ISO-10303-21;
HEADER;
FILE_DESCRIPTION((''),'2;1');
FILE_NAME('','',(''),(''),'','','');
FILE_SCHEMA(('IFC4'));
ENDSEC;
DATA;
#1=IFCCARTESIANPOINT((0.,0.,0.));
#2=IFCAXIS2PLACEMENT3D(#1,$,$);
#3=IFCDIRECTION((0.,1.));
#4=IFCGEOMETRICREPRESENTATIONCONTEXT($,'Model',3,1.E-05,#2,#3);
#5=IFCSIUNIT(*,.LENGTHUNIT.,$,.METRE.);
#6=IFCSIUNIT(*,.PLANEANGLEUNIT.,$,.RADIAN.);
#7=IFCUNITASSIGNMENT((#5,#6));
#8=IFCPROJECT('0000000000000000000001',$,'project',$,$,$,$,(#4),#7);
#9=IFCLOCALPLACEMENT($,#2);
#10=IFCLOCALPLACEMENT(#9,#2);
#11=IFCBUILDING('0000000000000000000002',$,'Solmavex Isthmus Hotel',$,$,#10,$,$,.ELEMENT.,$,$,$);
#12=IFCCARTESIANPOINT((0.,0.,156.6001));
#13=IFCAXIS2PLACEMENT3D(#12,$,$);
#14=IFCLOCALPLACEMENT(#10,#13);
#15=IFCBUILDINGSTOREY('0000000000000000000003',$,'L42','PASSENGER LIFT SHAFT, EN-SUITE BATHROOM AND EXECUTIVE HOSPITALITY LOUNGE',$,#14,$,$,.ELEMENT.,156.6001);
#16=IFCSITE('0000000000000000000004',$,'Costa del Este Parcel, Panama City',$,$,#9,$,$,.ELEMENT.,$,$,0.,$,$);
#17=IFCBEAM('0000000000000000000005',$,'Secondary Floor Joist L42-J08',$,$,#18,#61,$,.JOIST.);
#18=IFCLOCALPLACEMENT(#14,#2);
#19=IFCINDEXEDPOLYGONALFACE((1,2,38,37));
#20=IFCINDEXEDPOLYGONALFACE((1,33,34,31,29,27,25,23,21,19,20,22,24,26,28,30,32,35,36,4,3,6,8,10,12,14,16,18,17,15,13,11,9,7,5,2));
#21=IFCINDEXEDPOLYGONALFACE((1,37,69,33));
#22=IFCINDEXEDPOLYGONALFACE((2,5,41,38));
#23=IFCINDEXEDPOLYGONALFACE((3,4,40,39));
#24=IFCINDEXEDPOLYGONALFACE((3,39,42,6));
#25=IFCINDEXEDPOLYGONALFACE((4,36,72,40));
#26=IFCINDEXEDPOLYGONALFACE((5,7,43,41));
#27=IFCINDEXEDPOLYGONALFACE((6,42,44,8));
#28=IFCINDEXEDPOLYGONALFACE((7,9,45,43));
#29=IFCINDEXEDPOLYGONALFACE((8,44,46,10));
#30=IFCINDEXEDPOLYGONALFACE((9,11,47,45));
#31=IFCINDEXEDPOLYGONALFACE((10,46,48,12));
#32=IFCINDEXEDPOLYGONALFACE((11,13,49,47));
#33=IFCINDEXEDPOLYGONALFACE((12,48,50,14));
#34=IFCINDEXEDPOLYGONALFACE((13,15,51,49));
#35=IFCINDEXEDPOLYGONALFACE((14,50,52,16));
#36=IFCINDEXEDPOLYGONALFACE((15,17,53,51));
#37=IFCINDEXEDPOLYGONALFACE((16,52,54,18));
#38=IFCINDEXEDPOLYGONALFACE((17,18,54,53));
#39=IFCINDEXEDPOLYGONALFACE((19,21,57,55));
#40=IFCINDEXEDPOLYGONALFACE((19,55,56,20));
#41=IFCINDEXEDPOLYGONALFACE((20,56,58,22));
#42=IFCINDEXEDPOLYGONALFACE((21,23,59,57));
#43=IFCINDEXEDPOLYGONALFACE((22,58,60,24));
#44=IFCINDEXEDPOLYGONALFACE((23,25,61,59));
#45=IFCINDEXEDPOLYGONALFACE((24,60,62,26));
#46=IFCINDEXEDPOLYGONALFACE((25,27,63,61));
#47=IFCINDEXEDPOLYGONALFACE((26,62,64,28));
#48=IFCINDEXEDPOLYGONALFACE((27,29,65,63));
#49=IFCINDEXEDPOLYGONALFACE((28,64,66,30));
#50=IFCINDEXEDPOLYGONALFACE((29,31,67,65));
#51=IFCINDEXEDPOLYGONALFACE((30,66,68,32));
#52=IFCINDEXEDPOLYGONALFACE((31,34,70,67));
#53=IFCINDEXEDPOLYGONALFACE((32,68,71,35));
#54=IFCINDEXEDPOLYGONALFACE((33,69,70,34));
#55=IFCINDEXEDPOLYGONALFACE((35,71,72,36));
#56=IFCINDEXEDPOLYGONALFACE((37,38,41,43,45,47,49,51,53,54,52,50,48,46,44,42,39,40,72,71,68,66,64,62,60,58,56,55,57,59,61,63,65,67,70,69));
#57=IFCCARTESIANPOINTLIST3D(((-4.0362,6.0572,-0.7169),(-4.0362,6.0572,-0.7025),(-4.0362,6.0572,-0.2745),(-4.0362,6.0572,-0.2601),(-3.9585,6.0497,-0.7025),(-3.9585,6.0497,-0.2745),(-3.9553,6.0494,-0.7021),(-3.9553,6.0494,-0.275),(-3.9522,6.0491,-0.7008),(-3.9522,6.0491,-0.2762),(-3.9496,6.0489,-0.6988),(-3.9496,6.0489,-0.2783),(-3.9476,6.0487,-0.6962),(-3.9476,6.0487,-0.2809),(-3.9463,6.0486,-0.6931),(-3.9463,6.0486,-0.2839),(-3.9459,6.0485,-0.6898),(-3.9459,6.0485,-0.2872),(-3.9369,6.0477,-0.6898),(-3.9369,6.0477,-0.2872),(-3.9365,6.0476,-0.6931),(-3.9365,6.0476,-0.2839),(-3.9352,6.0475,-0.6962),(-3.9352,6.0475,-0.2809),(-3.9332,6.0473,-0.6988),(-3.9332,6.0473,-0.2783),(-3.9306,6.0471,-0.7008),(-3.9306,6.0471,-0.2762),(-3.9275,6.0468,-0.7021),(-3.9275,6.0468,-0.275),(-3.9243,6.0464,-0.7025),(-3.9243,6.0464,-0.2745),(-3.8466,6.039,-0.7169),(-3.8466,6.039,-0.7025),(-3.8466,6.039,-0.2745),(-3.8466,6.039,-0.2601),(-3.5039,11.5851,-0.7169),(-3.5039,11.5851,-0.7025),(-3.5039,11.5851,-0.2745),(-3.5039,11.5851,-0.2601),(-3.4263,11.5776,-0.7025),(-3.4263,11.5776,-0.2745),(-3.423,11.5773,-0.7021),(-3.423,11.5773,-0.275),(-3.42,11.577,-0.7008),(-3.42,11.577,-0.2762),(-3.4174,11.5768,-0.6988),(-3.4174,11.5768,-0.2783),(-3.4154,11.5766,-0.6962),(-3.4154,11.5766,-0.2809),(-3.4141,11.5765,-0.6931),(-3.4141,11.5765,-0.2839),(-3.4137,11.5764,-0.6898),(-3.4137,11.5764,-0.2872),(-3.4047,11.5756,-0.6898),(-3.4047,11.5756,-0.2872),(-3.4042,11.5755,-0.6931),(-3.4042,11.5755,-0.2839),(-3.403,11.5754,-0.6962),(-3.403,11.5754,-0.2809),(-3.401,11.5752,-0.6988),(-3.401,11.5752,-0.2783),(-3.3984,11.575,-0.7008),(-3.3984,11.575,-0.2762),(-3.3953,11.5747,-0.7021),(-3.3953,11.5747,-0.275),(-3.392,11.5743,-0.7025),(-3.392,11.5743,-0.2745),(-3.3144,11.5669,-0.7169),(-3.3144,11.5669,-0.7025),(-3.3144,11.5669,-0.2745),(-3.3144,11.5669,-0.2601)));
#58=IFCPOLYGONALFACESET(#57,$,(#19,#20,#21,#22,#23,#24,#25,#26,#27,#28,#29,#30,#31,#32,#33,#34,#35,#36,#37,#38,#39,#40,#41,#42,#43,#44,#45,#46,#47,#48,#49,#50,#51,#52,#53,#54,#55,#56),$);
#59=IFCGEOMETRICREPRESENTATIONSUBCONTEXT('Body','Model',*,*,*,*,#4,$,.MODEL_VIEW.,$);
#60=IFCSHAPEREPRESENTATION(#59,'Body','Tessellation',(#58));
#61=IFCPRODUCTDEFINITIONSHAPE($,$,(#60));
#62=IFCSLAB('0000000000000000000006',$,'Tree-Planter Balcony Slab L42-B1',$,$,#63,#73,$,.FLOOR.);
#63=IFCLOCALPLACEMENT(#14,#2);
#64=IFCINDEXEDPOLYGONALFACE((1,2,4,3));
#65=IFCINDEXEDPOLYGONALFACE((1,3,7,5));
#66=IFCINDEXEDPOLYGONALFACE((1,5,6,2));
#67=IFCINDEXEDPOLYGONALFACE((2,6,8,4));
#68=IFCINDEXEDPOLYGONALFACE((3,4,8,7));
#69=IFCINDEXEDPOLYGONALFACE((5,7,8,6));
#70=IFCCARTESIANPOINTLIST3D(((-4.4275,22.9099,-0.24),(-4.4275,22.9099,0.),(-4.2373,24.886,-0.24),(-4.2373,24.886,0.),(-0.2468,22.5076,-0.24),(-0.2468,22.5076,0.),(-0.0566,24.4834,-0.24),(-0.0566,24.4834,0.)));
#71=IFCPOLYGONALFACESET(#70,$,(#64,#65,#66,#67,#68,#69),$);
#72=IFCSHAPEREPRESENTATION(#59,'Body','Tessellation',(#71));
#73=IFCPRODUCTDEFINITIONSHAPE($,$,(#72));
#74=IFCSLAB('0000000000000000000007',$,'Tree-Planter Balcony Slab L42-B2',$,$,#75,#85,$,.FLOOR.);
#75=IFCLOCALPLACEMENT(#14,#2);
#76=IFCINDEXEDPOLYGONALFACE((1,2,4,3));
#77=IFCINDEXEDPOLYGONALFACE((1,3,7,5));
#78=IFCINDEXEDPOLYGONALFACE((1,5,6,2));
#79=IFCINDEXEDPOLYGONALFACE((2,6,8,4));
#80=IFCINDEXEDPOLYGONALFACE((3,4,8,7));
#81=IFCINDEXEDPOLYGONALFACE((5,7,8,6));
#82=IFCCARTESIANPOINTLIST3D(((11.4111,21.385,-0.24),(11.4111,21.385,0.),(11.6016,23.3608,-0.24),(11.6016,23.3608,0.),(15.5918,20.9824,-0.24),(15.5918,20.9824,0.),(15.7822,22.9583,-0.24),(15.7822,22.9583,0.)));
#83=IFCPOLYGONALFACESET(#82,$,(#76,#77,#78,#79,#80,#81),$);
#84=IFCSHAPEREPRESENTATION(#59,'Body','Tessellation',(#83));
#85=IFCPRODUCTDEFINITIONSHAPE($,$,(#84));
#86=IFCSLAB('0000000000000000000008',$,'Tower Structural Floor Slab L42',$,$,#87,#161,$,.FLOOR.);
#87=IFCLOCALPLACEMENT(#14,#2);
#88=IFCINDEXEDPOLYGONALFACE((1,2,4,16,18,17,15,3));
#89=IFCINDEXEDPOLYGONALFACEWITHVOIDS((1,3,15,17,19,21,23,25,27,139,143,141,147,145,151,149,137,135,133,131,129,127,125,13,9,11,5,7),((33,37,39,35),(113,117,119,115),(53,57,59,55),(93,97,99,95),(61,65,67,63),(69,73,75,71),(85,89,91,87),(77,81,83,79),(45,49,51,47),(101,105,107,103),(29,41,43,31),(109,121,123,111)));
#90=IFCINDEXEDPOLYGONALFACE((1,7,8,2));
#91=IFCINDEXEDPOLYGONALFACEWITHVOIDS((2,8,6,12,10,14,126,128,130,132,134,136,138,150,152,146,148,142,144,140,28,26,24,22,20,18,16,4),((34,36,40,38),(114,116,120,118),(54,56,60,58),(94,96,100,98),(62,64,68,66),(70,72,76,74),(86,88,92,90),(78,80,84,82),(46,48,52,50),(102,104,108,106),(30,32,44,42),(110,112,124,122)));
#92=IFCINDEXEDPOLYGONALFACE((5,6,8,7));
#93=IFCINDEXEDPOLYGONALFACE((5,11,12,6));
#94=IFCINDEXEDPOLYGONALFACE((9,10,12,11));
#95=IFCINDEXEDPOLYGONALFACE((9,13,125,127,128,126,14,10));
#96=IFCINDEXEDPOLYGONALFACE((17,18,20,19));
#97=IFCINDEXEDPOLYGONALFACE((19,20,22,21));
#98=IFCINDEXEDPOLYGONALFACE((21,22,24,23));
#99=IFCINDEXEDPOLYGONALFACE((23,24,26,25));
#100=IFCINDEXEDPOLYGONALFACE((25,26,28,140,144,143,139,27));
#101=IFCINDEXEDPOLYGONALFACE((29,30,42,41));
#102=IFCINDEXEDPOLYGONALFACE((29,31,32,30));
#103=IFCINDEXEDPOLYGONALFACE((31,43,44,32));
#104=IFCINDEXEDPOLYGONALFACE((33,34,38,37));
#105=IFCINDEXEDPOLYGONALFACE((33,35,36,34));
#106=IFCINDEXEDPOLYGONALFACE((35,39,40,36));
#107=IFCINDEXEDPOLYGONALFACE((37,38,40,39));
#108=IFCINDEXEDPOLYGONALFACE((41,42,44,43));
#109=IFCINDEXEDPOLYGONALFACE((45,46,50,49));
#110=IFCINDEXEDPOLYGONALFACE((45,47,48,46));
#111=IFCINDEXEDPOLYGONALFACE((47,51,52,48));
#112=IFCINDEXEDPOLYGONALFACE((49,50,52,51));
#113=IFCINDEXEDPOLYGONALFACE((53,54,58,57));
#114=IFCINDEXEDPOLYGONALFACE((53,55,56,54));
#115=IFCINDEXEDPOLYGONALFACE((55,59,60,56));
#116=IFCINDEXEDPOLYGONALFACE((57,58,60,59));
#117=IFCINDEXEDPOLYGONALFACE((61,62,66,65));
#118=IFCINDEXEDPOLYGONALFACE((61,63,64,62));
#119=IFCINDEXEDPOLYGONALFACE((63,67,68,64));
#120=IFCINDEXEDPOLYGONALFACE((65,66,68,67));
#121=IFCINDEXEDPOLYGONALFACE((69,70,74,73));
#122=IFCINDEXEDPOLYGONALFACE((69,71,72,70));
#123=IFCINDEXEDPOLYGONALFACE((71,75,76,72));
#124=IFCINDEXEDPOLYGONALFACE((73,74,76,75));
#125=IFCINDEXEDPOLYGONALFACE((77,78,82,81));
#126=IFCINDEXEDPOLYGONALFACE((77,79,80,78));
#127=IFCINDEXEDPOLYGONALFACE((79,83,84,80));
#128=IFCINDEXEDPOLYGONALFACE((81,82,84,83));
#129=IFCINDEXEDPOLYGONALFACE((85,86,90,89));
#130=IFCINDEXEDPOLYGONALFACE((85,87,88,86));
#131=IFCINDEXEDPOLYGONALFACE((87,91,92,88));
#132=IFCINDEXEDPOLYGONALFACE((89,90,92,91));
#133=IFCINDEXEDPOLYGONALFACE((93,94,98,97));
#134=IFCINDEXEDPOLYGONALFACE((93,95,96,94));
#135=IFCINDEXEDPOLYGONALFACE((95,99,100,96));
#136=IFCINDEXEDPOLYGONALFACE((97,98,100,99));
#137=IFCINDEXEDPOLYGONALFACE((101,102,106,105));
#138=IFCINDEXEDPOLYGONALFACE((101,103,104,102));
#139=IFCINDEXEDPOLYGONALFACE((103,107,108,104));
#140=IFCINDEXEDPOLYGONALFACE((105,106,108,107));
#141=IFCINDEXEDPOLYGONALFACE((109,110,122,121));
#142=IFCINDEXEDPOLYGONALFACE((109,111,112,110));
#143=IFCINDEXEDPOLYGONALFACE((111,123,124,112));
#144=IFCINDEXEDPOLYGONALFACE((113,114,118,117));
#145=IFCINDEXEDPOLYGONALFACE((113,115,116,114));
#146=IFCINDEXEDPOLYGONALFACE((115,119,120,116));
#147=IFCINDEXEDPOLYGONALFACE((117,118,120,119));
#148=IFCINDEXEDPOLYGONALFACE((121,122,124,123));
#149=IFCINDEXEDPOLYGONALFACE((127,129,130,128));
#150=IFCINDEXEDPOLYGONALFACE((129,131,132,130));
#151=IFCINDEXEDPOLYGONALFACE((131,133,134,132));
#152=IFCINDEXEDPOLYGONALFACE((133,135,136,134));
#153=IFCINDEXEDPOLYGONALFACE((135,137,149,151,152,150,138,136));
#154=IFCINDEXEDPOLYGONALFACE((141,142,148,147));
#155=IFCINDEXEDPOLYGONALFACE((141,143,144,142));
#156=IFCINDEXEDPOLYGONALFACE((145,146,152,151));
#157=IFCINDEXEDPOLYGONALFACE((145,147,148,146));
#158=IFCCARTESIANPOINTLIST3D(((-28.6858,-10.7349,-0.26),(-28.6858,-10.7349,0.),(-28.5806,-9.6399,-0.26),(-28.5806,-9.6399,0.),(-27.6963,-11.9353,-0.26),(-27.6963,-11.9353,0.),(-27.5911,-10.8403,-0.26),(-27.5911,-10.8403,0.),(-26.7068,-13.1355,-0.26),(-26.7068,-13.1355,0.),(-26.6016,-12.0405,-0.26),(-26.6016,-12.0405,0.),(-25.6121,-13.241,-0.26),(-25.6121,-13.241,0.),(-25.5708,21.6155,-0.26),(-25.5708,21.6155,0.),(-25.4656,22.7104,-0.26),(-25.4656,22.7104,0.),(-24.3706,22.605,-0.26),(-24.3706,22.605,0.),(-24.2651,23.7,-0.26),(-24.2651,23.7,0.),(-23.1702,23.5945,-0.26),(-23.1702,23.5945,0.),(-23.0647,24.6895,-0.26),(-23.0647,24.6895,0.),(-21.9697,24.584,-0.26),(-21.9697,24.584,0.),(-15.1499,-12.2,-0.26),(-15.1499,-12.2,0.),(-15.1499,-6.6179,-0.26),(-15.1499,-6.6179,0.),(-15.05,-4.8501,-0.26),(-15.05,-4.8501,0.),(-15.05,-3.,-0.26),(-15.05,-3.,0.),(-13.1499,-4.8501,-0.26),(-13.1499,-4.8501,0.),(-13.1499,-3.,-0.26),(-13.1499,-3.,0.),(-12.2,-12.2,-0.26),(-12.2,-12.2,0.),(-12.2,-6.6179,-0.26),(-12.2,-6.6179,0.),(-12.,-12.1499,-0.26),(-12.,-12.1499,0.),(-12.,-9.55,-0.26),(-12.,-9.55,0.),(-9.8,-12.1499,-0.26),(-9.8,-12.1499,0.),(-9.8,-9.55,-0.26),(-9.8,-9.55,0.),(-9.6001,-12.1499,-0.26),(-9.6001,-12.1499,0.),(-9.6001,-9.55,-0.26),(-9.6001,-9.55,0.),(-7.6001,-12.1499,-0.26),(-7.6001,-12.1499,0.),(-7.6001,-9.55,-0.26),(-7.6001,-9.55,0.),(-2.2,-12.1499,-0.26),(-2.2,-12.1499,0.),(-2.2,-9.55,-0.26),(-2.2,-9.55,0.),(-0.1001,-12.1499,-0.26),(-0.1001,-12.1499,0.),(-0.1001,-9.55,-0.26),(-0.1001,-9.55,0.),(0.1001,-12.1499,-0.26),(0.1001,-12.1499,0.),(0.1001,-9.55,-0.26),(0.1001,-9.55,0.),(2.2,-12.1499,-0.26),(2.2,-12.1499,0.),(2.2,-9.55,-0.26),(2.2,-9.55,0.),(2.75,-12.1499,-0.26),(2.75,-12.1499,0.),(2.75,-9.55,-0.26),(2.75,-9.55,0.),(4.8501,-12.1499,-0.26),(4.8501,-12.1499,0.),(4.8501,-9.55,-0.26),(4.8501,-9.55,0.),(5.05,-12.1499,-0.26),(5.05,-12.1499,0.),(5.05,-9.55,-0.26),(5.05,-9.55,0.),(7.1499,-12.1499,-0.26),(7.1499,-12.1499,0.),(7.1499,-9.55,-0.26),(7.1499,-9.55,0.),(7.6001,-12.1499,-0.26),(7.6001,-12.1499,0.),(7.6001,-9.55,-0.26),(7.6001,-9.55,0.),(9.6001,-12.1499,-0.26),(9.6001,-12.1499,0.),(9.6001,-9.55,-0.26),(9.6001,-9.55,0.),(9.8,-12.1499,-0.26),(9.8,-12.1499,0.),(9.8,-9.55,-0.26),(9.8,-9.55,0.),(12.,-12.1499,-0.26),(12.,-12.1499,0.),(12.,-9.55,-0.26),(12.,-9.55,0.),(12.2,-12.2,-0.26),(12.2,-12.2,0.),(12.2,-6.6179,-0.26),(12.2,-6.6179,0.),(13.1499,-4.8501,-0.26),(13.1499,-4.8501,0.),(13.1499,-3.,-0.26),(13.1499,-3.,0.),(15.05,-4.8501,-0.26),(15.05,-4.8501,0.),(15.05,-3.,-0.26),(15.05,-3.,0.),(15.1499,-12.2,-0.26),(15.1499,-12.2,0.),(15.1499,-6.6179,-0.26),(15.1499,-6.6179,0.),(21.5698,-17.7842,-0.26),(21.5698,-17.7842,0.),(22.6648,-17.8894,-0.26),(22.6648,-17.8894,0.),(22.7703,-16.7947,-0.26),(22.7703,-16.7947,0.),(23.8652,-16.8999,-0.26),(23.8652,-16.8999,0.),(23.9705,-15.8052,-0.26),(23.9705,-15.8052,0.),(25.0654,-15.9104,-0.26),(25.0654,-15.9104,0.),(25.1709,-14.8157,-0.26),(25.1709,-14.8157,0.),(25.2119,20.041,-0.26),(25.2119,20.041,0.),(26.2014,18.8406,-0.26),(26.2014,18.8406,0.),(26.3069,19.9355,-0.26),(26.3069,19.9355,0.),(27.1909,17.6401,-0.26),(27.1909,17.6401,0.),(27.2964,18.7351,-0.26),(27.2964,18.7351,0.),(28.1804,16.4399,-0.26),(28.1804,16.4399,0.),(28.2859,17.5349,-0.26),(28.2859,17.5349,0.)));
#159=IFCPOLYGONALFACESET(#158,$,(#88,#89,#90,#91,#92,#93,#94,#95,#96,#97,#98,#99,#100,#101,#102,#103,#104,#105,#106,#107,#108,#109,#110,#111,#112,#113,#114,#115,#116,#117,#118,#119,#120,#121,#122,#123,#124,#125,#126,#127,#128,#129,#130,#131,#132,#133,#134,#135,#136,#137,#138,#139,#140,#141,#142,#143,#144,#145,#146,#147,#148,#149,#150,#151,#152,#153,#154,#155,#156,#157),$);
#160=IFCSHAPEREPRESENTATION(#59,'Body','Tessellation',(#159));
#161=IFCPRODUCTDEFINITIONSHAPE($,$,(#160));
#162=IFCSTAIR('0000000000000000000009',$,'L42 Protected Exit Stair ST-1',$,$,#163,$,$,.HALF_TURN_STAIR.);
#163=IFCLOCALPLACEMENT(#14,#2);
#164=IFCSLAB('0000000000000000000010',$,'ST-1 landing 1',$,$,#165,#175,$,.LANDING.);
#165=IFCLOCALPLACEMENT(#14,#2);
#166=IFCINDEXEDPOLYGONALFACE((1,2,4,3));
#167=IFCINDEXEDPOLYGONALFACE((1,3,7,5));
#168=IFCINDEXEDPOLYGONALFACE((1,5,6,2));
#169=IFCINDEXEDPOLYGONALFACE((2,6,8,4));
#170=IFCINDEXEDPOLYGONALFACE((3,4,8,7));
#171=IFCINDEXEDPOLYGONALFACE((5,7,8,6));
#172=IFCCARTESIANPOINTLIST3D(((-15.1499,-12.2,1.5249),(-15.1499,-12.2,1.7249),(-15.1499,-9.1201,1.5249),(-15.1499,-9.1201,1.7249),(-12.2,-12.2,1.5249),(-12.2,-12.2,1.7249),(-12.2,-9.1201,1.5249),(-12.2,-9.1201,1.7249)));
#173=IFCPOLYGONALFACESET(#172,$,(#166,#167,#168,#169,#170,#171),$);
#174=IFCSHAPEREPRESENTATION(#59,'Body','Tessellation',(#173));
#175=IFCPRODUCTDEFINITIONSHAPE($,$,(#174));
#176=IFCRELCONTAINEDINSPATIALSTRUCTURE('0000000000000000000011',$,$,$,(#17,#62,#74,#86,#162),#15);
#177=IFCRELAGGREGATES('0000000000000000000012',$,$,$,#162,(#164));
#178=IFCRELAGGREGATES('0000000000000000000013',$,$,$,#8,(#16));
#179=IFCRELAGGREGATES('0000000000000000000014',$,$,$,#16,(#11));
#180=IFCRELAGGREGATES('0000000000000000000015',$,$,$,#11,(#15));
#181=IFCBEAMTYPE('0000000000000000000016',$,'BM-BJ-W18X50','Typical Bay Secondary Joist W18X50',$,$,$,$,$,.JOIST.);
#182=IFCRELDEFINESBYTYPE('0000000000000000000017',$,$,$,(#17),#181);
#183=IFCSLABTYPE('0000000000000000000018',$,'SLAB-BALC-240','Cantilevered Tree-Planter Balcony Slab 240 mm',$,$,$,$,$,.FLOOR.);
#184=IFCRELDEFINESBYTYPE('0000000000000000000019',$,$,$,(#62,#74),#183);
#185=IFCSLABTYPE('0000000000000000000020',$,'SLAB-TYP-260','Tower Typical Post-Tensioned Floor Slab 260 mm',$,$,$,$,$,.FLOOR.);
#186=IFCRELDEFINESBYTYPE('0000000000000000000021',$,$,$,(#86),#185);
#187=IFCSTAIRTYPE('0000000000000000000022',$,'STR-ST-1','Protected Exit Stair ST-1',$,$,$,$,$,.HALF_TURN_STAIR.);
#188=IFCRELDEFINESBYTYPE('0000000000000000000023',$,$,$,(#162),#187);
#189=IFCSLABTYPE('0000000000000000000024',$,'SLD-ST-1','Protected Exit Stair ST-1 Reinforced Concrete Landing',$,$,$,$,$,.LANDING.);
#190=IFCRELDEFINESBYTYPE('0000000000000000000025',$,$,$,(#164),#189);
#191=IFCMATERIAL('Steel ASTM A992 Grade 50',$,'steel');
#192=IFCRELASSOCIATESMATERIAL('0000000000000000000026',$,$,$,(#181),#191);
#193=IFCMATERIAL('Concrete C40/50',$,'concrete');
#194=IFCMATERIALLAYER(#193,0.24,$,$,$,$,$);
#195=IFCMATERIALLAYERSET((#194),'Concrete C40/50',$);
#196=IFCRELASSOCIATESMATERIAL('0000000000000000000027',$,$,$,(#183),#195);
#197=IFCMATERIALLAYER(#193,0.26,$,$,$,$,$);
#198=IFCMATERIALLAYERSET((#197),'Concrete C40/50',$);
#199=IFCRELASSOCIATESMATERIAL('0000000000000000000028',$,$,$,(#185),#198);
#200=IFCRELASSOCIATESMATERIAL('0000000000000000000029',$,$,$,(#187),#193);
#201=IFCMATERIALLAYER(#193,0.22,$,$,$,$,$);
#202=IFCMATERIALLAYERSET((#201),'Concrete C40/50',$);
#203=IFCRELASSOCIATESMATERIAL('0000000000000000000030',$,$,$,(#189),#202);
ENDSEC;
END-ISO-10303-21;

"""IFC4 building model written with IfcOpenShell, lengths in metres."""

from ifc_helpers import new_model, si_unit, direction, frame, origin, origin_2d, place, context, subcontext, project, spatial, polyline, i_section, outline, extrude, material, layer, layer_set, material_profile, profile_set, type_object, element, aggregate, save


model = new_model("IFC4")

# Units and contexts
model_context = context("Model", 3, precision=1e-05, world=origin(), true_north=direction((0.0, 1.0)))
body_context = subcontext(model_context, "Body", "Model", "MODEL_VIEW")
ifc_project = project(units=[si_unit("LENGTHUNIT", "METRE"), si_unit("PLANEANGLEUNIT", "RADIAN")], contexts=[model_context])

# Site, building, storey
site_placement = place(None, origin())
site = spatial("IfcSite", under=ifc_project, at=site_placement, Name="Costa del Este Parcel, Panama City", CompositionType="ELEMENT", RefElevation=0.0)
building_placement = place(site_placement, origin())
building = spatial("IfcBuilding", under=site, at=building_placement, Name="Solmavex Isthmus Hotel", CompositionType="ELEMENT")
storey_placement = place(building_placement, frame((0.0, 0.0, 156.6001)))
storey = spatial("IfcBuildingStorey", under=building, at=storey_placement, Name="L42", Description="PASSENGER LIFT SHAFT, EN-SUITE BATHROOM AND EXECUTIVE HOSPITALITY LOUNGE", CompositionType="ELEMENT", Elevation=156.6001)

# Beam
ifc_material_1 = material(Name="Steel ASTM A992 Grade 50", Category="steel")
ifc_material_profile_1 = material_profile(ifc_material_1, i_section(OverallWidth=0.1904, OverallDepth=0.4568, WebThickness=0.009, FlangeThickness=0.0144, FilletRadius=0.0127, at=origin_2d()), Name="W18X50")
ifc_profile_set_1 = profile_set([ifc_material_profile_1], Name="Steel ASTM A992 Grade 50")
beam_type_1 = type_object("IfcBeamType", Name="BM-BJ-W18X50", Description="Typical Bay Secondary Joist W18X50", PredefinedType="JOIST", material=ifc_profile_set_1)
beam_1_placement = place(storey_placement, frame((-3.9414, 6.0481, -0.4885), z_axis=(0.095838, 0.995397, 0.0), x_axis=(-0.995397, 0.095838, 0.0)))
element("IfcBeam", 1, at=beam_1_placement, inside=storey, type_object=beam_type_1, Name="Secondary Floor Joist L42-J08", PredefinedType="JOIST", context=body_context, shape_type="SweptSolid", body=[
    extrude(i_section(OverallWidth=0.1904, OverallDepth=0.4568, WebThickness=0.009, FlangeThickness=0.0144, FilletRadius=0.0127, at=origin_2d()), origin(), (0.0, 0.0, 1.0), 5.5535),
])

# Slabs
ifc_material_2 = material(Name="Concrete C40/50", Category="concrete")
ifc_layer_1 = layer(ifc_material_2, 0.24)
ifc_layer_set_1 = layer_set([ifc_layer_1], Name="Concrete C40/50")
slab_type_1 = type_object("IfcSlabType", Name="SLAB-BALC-240", Description="Cantilevered Tree-Planter Balcony Slab 240 mm", PredefinedType="FLOOR", material=ifc_layer_set_1)
slab_1_placement = place(storey_placement, frame((0.0, 0.0, -0.24)))
element("IfcSlab", 2, at=slab_1_placement, inside=storey, type_object=slab_type_1, Name="Tree-Planter Balcony Slab L42-B1", PredefinedType="FLOOR", context=body_context, shape_type="SweptSolid", body=[
    extrude(outline(polyline([(-4.4275, 22.9099), (-0.2468, 22.5076), (-0.0566, 24.4834), (-4.2373, 24.886), (-4.4275, 22.9099)])), origin(), (0.0, 0.0, 1.0), 0.24),
])
slab_2_placement = place(storey_placement, frame((0.0, 0.0, -0.24)))
element("IfcSlab", 3, at=slab_2_placement, inside=storey, type_object=slab_type_1, Name="Tree-Planter Balcony Slab L42-B2", PredefinedType="FLOOR", context=body_context, shape_type="SweptSolid", body=[
    extrude(outline(polyline([(11.4111, 21.385), (15.5918, 20.9824), (15.7822, 22.9583), (11.6016, 23.3608), (11.4111, 21.385)])), origin(), (0.0, 0.0, 1.0), 0.24),
])
ifc_layer_2 = layer(ifc_material_2, 0.26)
ifc_layer_set_2 = layer_set([ifc_layer_2], Name="Concrete C40/50")
slab_type_2 = type_object("IfcSlabType", Name="SLAB-TYP-260", Description="Tower Typical Post-Tensioned Floor Slab 260 mm", PredefinedType="FLOOR", material=ifc_layer_set_2)
slab_3_placement = place(storey_placement, frame((0.0, 0.0, -0.26)))
element("IfcSlab", 4, at=slab_3_placement, inside=storey, type_object=slab_type_2, Name="Tower Structural Floor Slab L42", PredefinedType="FLOOR", context=body_context, shape_type="SweptSolid", body=[
    extrude(outline(polyline([(-25.6121, -13.241), (21.5698, -17.7842), (22.6648, -17.8894), (22.7703, -16.7947), (23.8652, -16.8999), (23.9705, -15.8052), (25.0654, -15.9104), (25.1709, -14.8157), (28.1804, 16.4399), (28.2859, 17.5349), (27.1909, 17.6401), (27.2964, 18.7351), (26.2014, 18.8406), (26.3069, 19.9355), (25.2119, 20.041), (-21.9697, 24.584), (-23.0647, 24.6895), (-23.1702, 23.5945), (-24.2651, 23.7), (-24.3706, 22.605), (-25.4656, 22.7104), (-25.5708, 21.6155), (-28.5806, -9.6399), (-28.6858, -10.7349), (-27.5911, -10.8403), (-27.6963, -11.9353), (-26.6016, -12.0405), (-26.7068, -13.1355), (-25.6121, -13.241)]), holes=[polyline([(-15.1499, -6.6179), (-15.1499, -12.2), (-12.2, -12.2), (-12.2, -6.6179), (-15.1499, -6.6179)]), polyline([(12.2, -6.6179), (12.2, -12.2), (15.1499, -12.2), (15.1499, -6.6179), (12.2, -6.6179)]), polyline([(-12.0, -12.1499), (-9.8, -12.1499), (-9.8, -9.55), (-12.0, -9.55), (-12.0, -12.1499)]), polyline([(9.8, -12.1499), (12.0, -12.1499), (12.0, -9.55), (9.8, -9.55), (9.8, -12.1499)]), polyline([(-9.6001, -12.1499), (-7.6001, -12.1499), (-7.6001, -9.55), (-9.6001, -9.55), (-9.6001, -12.1499)]), polyline([(7.6001, -12.1499), (9.6001, -12.1499), (9.6001, -9.55), (7.6001, -9.55), (7.6001, -12.1499)]), polyline([(-2.2, -12.1499), (-0.1001, -12.1499), (-0.1001, -9.55), (-2.2, -9.55), (-2.2, -12.1499)]), polyline([(0.1001, -12.1499), (2.2, -12.1499), (2.2, -9.55), (0.1001, -9.55), (0.1001, -12.1499)]), polyline([(2.75, -12.1499), (4.8501, -12.1499), (4.8501, -9.55), (2.75, -9.55), (2.75, -12.1499)]), polyline([(5.05, -12.1499), (7.1499, -12.1499), (7.1499, -9.55), (5.05, -9.55), (5.05, -12.1499)]), polyline([(-15.05, -4.8501), (-13.1499, -4.8501), (-13.1499, -3.0), (-15.05, -3.0), (-15.05, -4.8501)]), polyline([(13.1499, -4.8501), (15.05, -4.8501), (15.05, -3.0), (13.1499, -3.0), (13.1499, -4.8501)])]), origin(), (0.0, 0.0, 1.0), 0.26),
])

# Stair, slab
stair_type_1 = type_object("IfcStairType", Name="STR-ST-1", Description="Protected Exit Stair ST-1", PredefinedType="HALF_TURN_STAIR", material=ifc_material_2)
stair_1_placement = place(storey_placement, origin())
stair_1 = element("IfcStair", 5, at=stair_1_placement, inside=storey, type_object=stair_type_1, Name="L42 Protected Exit Stair ST-1", PredefinedType="HALF_TURN_STAIR")
ifc_layer_3 = layer(ifc_material_2, 0.22)
ifc_layer_set_3 = layer_set([ifc_layer_3], Name="Concrete C40/50")
slab_type_3 = type_object("IfcSlabType", Name="SLD-ST-1", Description="Protected Exit Stair ST-1 Reinforced Concrete Landing", PredefinedType="LANDING", material=ifc_layer_set_3)
slab_4_placement = place(storey_placement, frame((0.0, 0.0, 1.5249)))
slab_4 = element("IfcSlab", 6, at=slab_4_placement, type_object=slab_type_3, Name="ST-1 landing 1", PredefinedType="LANDING", context=body_context, shape_type="SweptSolid", body=[
    extrude(outline(polyline([(-15.1499, -9.1201), (-15.1499, -12.2), (-12.2, -12.2), (-12.2, -9.1201), (-15.1499, -9.1201)])), origin(), (0.0, 0.0, 1.0), 0.2),
])
aggregate(stair_1, [slab_4])

save(model, "model.ifc")
